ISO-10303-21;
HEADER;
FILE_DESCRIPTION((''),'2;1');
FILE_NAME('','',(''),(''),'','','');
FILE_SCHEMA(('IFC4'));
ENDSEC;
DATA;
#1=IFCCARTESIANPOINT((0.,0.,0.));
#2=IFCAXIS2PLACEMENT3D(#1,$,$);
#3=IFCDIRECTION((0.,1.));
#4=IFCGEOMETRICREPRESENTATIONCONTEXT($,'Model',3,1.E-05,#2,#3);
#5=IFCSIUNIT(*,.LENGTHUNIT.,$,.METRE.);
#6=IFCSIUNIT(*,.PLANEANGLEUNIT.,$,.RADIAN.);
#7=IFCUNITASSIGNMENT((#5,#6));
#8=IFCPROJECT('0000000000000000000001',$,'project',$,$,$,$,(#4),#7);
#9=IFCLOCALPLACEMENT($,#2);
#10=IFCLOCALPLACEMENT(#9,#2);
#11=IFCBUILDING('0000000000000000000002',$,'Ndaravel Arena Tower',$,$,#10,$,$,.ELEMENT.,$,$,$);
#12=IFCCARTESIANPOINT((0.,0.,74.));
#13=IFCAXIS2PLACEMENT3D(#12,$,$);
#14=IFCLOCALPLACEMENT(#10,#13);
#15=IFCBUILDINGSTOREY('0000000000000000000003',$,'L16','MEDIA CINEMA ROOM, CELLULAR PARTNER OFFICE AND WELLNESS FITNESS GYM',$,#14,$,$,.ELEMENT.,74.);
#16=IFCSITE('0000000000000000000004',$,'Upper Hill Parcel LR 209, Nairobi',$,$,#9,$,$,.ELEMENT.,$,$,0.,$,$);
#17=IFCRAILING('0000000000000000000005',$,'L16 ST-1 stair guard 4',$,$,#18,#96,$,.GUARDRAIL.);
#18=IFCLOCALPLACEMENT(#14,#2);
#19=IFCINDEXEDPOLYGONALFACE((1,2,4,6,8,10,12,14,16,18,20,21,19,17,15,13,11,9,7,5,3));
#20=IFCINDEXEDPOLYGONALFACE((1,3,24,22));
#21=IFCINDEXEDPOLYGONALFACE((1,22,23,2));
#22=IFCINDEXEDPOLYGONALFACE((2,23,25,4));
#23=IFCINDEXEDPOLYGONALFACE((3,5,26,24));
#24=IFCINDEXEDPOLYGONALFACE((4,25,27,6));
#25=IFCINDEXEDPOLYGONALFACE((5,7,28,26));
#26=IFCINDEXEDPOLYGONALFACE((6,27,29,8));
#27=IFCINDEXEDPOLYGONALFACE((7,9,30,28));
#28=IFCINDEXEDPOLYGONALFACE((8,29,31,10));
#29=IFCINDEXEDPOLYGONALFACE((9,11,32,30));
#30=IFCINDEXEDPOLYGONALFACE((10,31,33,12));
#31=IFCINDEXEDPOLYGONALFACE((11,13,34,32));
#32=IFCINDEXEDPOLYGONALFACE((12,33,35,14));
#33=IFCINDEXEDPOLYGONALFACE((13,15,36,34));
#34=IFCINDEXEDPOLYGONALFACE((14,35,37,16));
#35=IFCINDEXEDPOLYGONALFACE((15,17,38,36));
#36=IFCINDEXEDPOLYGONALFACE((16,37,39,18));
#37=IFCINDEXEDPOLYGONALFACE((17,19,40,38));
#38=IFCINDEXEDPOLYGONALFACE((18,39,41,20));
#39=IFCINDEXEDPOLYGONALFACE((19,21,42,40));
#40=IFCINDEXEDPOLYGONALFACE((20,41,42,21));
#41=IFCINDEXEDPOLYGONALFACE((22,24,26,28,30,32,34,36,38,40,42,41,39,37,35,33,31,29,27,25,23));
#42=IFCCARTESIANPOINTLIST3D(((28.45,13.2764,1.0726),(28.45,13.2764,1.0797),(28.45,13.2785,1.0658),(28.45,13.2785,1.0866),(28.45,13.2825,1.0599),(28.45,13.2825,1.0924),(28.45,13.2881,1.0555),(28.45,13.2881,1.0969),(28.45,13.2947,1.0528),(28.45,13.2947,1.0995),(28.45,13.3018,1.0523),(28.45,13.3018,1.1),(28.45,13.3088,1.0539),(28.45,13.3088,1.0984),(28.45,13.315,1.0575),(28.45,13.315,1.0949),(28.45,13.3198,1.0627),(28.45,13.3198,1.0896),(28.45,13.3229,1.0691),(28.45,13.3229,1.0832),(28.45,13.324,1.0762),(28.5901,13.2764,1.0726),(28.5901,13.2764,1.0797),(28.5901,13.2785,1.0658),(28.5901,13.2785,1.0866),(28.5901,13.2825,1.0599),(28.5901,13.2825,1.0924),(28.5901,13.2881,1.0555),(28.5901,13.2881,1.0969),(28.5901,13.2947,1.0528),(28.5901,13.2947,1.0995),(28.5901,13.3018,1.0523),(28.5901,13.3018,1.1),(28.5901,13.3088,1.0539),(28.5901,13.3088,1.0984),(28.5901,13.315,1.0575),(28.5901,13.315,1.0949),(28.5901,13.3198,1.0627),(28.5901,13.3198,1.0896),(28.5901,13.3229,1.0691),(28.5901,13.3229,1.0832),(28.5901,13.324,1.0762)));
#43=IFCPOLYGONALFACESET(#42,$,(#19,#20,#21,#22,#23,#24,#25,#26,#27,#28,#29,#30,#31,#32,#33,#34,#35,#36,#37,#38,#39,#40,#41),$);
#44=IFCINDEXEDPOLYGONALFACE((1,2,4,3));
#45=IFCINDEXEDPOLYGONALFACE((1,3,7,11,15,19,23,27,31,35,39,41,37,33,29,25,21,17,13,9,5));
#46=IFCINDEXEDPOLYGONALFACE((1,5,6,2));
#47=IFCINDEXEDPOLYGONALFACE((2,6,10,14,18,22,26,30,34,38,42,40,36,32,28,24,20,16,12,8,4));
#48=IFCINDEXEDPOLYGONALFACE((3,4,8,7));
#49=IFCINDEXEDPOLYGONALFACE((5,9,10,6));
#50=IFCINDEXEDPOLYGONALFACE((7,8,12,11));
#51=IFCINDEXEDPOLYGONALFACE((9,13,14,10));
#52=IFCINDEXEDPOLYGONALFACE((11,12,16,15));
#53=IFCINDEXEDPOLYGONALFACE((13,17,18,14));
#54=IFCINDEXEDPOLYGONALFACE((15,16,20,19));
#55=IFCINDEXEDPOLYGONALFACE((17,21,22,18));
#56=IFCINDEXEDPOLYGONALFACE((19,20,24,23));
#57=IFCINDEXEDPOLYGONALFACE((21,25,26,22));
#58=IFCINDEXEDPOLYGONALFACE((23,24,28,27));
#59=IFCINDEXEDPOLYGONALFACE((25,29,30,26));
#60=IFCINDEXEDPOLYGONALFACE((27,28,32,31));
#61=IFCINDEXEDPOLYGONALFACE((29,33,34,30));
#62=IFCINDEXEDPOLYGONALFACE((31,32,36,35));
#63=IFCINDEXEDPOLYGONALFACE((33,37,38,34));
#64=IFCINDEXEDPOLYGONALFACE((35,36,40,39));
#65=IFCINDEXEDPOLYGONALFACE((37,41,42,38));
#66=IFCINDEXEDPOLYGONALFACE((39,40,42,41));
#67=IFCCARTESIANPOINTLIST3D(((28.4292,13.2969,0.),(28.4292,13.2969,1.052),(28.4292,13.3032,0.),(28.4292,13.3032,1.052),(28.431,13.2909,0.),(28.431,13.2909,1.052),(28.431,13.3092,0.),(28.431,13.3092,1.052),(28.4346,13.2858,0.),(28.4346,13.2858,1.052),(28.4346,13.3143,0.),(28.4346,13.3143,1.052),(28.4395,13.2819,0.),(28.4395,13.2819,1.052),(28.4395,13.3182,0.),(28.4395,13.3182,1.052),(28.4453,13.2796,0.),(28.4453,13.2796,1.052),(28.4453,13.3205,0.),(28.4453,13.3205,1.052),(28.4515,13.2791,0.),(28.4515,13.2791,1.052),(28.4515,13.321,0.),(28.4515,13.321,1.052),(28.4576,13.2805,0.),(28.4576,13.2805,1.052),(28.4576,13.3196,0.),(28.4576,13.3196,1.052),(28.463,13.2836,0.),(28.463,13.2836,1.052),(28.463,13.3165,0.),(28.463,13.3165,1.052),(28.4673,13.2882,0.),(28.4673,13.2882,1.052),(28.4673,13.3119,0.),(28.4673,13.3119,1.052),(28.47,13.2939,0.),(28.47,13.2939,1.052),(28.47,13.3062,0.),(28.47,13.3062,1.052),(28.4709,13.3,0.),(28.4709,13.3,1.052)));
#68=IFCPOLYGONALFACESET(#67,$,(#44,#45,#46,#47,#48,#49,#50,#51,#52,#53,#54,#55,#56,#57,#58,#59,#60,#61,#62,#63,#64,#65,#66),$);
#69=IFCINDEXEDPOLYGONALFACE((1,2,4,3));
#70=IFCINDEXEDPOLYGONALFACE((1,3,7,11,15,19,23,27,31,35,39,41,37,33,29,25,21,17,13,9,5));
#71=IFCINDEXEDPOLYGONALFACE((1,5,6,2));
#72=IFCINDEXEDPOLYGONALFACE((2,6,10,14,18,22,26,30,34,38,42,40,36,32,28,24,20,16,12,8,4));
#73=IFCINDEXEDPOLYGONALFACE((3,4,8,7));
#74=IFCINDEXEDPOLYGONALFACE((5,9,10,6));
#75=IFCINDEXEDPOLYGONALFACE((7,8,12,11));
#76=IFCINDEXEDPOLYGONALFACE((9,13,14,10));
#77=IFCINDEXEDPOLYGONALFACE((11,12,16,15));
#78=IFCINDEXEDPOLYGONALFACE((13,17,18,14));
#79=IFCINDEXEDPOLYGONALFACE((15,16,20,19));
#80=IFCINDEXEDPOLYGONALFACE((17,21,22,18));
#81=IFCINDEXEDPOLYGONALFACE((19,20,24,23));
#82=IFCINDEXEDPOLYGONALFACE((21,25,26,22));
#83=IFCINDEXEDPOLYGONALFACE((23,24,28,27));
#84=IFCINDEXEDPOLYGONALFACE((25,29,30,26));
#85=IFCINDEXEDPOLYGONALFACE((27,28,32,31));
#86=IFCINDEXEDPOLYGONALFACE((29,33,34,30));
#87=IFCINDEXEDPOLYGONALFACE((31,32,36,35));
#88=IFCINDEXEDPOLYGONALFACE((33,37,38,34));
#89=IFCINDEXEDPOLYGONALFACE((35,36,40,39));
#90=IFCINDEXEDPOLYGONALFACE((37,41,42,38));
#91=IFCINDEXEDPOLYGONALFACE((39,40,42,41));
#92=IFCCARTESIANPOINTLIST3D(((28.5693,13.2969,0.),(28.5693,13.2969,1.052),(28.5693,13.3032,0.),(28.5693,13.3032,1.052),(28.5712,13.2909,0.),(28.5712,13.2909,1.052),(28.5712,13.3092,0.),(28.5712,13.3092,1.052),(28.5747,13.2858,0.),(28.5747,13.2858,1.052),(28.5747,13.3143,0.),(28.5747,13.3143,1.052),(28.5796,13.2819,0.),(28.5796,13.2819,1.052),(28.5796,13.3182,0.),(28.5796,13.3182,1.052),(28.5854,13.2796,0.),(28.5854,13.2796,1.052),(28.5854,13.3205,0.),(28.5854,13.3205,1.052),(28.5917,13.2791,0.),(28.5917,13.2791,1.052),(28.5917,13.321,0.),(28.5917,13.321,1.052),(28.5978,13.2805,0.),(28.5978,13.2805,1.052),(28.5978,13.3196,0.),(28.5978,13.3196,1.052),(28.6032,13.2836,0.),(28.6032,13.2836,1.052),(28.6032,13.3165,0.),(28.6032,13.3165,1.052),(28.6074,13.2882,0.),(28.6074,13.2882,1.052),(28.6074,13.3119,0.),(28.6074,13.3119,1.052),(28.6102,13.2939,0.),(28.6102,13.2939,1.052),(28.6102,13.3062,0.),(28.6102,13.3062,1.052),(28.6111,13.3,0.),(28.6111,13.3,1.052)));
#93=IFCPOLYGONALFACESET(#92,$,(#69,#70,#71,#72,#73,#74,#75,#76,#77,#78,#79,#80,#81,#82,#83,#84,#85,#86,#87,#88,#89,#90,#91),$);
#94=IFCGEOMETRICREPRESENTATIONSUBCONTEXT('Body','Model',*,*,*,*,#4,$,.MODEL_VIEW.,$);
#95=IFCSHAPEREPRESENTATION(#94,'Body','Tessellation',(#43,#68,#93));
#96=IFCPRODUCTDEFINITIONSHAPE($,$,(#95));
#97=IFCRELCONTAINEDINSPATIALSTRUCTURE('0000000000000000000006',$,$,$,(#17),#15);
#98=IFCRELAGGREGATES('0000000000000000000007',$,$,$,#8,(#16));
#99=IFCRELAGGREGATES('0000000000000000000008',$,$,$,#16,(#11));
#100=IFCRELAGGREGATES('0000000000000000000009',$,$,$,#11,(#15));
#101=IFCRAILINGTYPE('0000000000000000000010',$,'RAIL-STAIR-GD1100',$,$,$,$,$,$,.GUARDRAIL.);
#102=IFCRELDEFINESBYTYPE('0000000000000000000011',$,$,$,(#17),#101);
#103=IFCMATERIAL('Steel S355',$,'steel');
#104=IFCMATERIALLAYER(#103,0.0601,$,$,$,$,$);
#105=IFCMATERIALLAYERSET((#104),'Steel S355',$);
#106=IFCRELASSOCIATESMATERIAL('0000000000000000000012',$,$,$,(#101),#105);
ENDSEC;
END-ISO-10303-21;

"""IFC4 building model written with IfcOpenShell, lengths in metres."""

from ifc_helpers import new_model, si_unit, direction, frame, origin, origin_2d, place, context, subcontext, project, spatial, circle, extrude, material, layer, layer_set, type_object, element, save


model = new_model("IFC4")

# Units and contexts
model_context = context("Model", 3, precision=1e-05, world=origin(), true_north=direction((0.0, 1.0)))
body_context = subcontext(model_context, "Body", "Model", "MODEL_VIEW")
ifc_project = project(units=[si_unit("LENGTHUNIT", "METRE"), si_unit("PLANEANGLEUNIT", "RADIAN")], contexts=[model_context])

# Site, building, storey
site_placement = place(None, origin())
site = spatial("IfcSite", under=ifc_project, at=site_placement, Name="Upper Hill Parcel LR 209, Nairobi", CompositionType="ELEMENT", RefElevation=0.0)
building_placement = place(site_placement, origin())
building = spatial("IfcBuilding", under=site, at=building_placement, Name="Ndaravel Arena Tower", CompositionType="ELEMENT")
storey_placement = place(building_placement, frame((0.0, 0.0, 74.0)))
storey = spatial("IfcBuildingStorey", under=building, at=storey_placement, Name="L16", Description="MEDIA CINEMA ROOM, CELLULAR PARTNER OFFICE AND WELLNESS FITNESS GYM", CompositionType="ELEMENT", Elevation=74.0)

# Railing
ifc_material_1 = material(Name="Steel S355", Category="steel")
ifc_layer_1 = layer(ifc_material_1, 0.0601)
ifc_layer_set_1 = layer_set([ifc_layer_1], Name="Steel S355")
railing_type_1 = type_object("IfcRailingType", Name="RAIL-STAIR-GD1100", PredefinedType="GUARDRAIL", material=ifc_layer_set_1)
railing_1_placement = place(storey_placement, frame((28.45, 13.3, 0.0)))
element("IfcRailing", 1, at=railing_1_placement, inside=storey, type_object=railing_type_1, Name="L16 ST-1 stair guard 4", PredefinedType="GUARDRAIL", context=body_context, shape_type="SweptSolid", body=[
    extrude(circle(Radius=0.0239, at=origin_2d()), frame((0.0, 0.0, 1.0762), z_axis=(1.0, 0.0, 0.0), x_axis=(0.0, 1.0, 0.0)), (0.0, 0.0, 1.0), 0.1401),
    extrude(circle(Radius=0.021, at=origin_2d()), origin(), (0.0, 0.0, 1.0), 1.052),
    extrude(circle(Radius=0.021, at=origin_2d()), frame((0.1401, 0.0, 0.0)), (0.0, 0.0, 1.0), 1.052),
])

save(model, "model.ifc")
